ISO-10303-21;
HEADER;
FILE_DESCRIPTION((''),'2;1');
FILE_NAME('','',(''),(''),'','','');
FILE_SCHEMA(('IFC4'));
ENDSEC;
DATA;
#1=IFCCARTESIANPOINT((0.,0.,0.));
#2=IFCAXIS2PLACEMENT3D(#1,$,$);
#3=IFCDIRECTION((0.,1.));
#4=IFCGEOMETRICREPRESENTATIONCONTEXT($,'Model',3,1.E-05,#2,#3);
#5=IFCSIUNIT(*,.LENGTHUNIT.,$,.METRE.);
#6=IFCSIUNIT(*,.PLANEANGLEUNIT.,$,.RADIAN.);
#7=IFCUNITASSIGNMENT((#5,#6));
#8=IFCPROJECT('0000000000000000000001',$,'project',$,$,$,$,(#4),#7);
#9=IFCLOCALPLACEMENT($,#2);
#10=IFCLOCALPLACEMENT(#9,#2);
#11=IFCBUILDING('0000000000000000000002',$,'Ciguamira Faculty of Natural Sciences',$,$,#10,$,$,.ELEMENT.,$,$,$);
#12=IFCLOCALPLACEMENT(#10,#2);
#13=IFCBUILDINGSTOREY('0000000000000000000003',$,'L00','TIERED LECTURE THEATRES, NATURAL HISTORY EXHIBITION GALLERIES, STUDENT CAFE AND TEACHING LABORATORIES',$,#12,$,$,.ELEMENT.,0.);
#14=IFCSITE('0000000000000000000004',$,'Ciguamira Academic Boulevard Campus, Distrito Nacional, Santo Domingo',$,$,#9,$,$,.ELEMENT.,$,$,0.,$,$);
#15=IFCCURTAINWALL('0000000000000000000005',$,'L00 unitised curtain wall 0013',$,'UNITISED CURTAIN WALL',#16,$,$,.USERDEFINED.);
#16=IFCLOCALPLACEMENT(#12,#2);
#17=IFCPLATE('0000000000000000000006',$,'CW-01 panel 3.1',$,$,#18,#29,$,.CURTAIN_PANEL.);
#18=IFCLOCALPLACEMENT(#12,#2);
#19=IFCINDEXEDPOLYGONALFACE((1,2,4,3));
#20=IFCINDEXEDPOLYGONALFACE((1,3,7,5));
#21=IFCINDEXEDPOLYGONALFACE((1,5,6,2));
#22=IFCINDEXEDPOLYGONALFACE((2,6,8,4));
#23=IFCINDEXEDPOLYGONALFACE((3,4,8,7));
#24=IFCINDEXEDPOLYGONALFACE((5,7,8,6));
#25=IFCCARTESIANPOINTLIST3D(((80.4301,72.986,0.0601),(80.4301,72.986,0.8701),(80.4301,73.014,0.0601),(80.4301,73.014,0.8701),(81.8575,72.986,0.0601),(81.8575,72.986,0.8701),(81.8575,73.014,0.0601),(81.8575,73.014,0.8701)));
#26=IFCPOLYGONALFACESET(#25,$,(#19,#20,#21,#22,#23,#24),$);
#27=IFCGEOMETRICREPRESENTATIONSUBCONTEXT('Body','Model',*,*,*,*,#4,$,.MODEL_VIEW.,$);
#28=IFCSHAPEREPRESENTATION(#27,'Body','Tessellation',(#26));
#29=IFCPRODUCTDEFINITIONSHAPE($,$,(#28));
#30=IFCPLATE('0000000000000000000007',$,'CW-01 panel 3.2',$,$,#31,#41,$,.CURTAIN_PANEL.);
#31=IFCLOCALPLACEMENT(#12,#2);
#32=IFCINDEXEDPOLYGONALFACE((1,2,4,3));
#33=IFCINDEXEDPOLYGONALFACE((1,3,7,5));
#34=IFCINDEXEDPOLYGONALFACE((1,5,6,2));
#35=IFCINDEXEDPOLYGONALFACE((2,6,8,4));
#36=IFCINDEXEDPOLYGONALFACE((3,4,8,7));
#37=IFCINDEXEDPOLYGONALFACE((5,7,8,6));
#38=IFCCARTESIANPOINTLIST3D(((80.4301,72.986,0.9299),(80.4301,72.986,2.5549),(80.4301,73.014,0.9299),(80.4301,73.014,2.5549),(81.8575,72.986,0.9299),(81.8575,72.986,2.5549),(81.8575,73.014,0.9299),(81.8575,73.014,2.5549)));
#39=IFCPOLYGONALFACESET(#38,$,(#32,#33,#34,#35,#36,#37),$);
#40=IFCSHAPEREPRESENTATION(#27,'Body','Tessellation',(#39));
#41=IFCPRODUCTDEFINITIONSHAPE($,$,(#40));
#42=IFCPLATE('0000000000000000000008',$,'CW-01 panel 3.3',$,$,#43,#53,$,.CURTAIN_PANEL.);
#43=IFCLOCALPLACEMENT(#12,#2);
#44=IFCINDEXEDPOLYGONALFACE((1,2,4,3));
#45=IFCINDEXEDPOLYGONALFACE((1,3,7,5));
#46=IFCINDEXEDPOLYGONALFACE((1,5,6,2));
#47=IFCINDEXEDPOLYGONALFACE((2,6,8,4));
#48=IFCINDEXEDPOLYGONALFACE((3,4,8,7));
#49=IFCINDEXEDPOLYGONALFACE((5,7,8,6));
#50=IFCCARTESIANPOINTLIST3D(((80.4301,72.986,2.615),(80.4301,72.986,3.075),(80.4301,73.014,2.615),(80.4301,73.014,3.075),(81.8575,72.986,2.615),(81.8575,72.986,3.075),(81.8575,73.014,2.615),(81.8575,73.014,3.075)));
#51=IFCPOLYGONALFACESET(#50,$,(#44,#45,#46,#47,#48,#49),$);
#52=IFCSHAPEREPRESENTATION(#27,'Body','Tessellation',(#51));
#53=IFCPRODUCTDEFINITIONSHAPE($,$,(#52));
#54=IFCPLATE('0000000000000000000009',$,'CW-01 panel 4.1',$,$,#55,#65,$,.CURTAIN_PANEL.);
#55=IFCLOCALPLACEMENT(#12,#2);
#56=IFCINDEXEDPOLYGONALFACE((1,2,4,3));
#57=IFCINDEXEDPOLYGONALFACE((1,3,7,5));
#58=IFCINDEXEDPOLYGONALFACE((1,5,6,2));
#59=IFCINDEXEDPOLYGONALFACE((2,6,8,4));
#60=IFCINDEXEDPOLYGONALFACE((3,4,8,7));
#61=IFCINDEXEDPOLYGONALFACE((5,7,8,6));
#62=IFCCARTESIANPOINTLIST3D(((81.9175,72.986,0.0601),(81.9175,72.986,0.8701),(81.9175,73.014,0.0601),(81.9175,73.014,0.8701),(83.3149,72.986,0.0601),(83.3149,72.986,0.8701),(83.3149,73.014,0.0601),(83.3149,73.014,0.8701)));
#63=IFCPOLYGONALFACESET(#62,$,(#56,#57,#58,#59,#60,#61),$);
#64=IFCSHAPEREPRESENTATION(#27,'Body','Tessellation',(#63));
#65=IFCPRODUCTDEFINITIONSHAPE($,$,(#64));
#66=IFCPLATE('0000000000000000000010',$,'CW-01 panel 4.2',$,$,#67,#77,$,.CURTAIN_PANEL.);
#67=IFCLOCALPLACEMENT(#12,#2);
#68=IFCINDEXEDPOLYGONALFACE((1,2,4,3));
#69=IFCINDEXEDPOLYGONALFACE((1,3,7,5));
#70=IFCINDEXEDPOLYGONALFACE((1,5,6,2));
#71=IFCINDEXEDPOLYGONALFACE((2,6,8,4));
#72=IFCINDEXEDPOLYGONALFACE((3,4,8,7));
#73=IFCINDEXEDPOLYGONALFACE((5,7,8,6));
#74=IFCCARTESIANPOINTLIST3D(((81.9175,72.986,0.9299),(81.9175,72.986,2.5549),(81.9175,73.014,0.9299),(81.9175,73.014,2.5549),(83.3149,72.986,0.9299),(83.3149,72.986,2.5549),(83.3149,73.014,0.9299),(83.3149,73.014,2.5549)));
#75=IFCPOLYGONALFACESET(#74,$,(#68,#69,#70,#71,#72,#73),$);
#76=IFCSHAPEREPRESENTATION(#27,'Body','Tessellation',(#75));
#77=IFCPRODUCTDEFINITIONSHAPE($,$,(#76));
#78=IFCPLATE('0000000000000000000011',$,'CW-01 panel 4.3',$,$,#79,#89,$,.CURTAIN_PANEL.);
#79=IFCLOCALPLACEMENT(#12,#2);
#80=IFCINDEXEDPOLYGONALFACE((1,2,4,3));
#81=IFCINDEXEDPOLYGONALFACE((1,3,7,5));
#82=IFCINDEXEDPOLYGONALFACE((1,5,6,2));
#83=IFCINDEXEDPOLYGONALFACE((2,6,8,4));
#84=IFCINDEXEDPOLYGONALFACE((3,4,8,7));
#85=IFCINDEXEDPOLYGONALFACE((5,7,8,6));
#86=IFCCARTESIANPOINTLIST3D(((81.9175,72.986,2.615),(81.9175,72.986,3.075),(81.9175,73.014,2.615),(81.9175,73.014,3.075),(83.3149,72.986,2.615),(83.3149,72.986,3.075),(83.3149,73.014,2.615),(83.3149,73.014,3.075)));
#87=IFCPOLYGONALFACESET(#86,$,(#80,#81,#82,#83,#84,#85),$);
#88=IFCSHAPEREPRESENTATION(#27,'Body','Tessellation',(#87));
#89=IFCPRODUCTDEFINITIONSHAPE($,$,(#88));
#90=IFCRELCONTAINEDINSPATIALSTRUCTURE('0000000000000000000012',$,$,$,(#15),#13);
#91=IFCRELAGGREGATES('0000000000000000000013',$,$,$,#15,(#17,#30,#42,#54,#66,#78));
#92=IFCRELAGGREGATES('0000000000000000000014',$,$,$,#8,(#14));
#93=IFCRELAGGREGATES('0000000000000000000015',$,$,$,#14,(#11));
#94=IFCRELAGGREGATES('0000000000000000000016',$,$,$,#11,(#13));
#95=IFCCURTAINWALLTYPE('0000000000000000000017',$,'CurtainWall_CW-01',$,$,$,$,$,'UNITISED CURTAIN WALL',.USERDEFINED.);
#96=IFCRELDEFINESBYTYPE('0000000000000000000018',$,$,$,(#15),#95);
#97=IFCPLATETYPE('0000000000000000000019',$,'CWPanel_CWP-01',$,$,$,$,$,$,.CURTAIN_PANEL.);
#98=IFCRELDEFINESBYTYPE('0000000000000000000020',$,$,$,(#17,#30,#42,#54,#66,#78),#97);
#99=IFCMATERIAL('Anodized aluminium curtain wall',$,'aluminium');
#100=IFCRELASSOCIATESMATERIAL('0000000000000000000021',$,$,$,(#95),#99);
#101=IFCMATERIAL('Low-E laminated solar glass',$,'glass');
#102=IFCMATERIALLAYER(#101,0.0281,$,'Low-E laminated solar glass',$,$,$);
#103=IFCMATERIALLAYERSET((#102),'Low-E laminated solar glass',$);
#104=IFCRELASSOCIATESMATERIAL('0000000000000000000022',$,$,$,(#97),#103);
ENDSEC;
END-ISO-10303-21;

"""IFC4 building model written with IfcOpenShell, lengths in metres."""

from ifc_helpers import new_model, si_unit, direction, frame, origin, origin_2d, place, context, subcontext, project, spatial, rectangle, extrude, material, layer, layer_set, type_object, element, aggregate, save


model = new_model("IFC4")

# Units and contexts
model_context = context("Model", 3, precision=1e-05, world=origin(), true_north=direction((0.0, 1.0)))
body_context = subcontext(model_context, "Body", "Model", "MODEL_VIEW")
ifc_project = project(units=[si_unit("LENGTHUNIT", "METRE"), si_unit("PLANEANGLEUNIT", "RADIAN")], contexts=[model_context])

# Site, building, storey
site_placement = place(None, origin())
site = spatial("IfcSite", under=ifc_project, at=site_placement, Name="Ciguamira Academic Boulevard Campus, Distrito Nacional, Santo Domingo", CompositionType="ELEMENT", RefElevation=0.0)
building_placement = place(site_placement, origin())
building = spatial("IfcBuilding", under=site, at=building_placement, Name="Ciguamira Faculty of Natural Sciences", CompositionType="ELEMENT")
storey_placement = place(building_placement, origin())
storey = spatial("IfcBuildingStorey", under=building, at=storey_placement, Name="L00", Description="TIERED LECTURE THEATRES, NATURAL HISTORY EXHIBITION GALLERIES, STUDENT CAFE AND TEACHING LABORATORIES", CompositionType="ELEMENT", Elevation=0.0)

# Curtain wall, plates
ifc_material_1 = material(Name="Anodized aluminium curtain wall", Category="aluminium")
curtain_wall_type = type_object("IfcCurtainWallType", Name="CurtainWall_CW-01", ElementType="UNITISED CURTAIN WALL", PredefinedType="USERDEFINED", material=ifc_material_1)
curtain_wall_placement = place(storey_placement, origin())
curtain_wall = element("IfcCurtainWall", 1, at=curtain_wall_placement, inside=storey, type_object=curtain_wall_type, Name="L00 unitised curtain wall 0013", ObjectType="UNITISED CURTAIN WALL", PredefinedType="USERDEFINED")
ifc_material_2 = material(Name="Low-E laminated solar glass", Category="glass")
ifc_layer = layer(ifc_material_2, 0.0281, Name="Low-E laminated solar glass")
ifc_layer_set = layer_set([ifc_layer], Name="Low-E laminated solar glass")
plate_type = type_object("IfcPlateType", Name="CWPanel_CWP-01", PredefinedType="CURTAIN_PANEL", material=ifc_layer_set)
plate_1_placement = place(storey_placement, frame((81.1438, 73.0, 0.0601), z_axis=(0.0, 0.0, 1.0), x_axis=(1.0, 0.0, 0.0)))
plate_1 = element("IfcPlate", 2, at=plate_1_placement, type_object=plate_type, Name="CW-01 panel 3.1", PredefinedType="CURTAIN_PANEL", context=body_context, shape_type="SweptSolid", body=[
    extrude(rectangle(XDim=1.4275, YDim=0.0281, at=origin_2d()), origin(), (0.0, 0.0, 1.0), 0.8101),
])
plate_2_placement = place(storey_placement, frame((81.1438, 73.0, 0.9299), z_axis=(0.0, 0.0, 1.0), x_axis=(1.0, 0.0, 0.0)))
plate_2 = element("IfcPlate", 3, at=plate_2_placement, type_object=plate_type, Name="CW-01 panel 3.2", PredefinedType="CURTAIN_PANEL", context=body_context, shape_type="SweptSolid", body=[
    extrude(rectangle(XDim=1.4275, YDim=0.0281, at=origin_2d()), origin(), (0.0, 0.0, 1.0), 1.625),
])
plate_3_placement = place(storey_placement, frame((81.1438, 73.0, 2.615), z_axis=(0.0, 0.0, 1.0), x_axis=(1.0, 0.0, 0.0)))
plate_3 = element("IfcPlate", 4, at=plate_3_placement, type_object=plate_type, Name="CW-01 panel 3.3", PredefinedType="CURTAIN_PANEL", context=body_context, shape_type="SweptSolid", body=[
    extrude(rectangle(XDim=1.4275, YDim=0.0281, at=origin_2d()), origin(), (0.0, 0.0, 1.0), 0.46),
])
plate_4_placement = place(storey_placement, frame((82.6162, 73.0, 0.0601), z_axis=(0.0, 0.0, 1.0), x_axis=(1.0, 0.0, 0.0)))
plate_4 = element("IfcPlate", 5, at=plate_4_placement, type_object=plate_type, Name="CW-01 panel 4.1", PredefinedType="CURTAIN_PANEL", context=body_context, shape_type="SweptSolid", body=[
    extrude(rectangle(XDim=1.3975, YDim=0.0281, at=origin_2d()), origin(), (0.0, 0.0, 1.0), 0.8101),
])
plate_5_placement = place(storey_placement, frame((82.6162, 73.0, 0.9299), z_axis=(0.0, 0.0, 1.0), x_axis=(1.0, 0.0, 0.0)))
plate_5 = element("IfcPlate", 6, at=plate_5_placement, type_object=plate_type, Name="CW-01 panel 4.2", PredefinedType="CURTAIN_PANEL", context=body_context, shape_type="SweptSolid", body=[
    extrude(rectangle(XDim=1.3975, YDim=0.0281, at=origin_2d()), origin(), (0.0, 0.0, 1.0), 1.625),
])
plate_6_placement = place(storey_placement, frame((82.6162, 73.0, 2.615), z_axis=(0.0, 0.0, 1.0), x_axis=(1.0, 0.0, 0.0)))
plate_6 = element("IfcPlate", 7, at=plate_6_placement, type_object=plate_type, Name="CW-01 panel 4.3", PredefinedType="CURTAIN_PANEL", context=body_context, shape_type="SweptSolid", body=[
    extrude(rectangle(XDim=1.3975, YDim=0.0281, at=origin_2d()), origin(), (0.0, 0.0, 1.0), 0.46),
])
aggregate(curtain_wall, [plate_1, plate_2, plate_3, plate_4, plate_5, plate_6])

save(model, "model.ifc")
